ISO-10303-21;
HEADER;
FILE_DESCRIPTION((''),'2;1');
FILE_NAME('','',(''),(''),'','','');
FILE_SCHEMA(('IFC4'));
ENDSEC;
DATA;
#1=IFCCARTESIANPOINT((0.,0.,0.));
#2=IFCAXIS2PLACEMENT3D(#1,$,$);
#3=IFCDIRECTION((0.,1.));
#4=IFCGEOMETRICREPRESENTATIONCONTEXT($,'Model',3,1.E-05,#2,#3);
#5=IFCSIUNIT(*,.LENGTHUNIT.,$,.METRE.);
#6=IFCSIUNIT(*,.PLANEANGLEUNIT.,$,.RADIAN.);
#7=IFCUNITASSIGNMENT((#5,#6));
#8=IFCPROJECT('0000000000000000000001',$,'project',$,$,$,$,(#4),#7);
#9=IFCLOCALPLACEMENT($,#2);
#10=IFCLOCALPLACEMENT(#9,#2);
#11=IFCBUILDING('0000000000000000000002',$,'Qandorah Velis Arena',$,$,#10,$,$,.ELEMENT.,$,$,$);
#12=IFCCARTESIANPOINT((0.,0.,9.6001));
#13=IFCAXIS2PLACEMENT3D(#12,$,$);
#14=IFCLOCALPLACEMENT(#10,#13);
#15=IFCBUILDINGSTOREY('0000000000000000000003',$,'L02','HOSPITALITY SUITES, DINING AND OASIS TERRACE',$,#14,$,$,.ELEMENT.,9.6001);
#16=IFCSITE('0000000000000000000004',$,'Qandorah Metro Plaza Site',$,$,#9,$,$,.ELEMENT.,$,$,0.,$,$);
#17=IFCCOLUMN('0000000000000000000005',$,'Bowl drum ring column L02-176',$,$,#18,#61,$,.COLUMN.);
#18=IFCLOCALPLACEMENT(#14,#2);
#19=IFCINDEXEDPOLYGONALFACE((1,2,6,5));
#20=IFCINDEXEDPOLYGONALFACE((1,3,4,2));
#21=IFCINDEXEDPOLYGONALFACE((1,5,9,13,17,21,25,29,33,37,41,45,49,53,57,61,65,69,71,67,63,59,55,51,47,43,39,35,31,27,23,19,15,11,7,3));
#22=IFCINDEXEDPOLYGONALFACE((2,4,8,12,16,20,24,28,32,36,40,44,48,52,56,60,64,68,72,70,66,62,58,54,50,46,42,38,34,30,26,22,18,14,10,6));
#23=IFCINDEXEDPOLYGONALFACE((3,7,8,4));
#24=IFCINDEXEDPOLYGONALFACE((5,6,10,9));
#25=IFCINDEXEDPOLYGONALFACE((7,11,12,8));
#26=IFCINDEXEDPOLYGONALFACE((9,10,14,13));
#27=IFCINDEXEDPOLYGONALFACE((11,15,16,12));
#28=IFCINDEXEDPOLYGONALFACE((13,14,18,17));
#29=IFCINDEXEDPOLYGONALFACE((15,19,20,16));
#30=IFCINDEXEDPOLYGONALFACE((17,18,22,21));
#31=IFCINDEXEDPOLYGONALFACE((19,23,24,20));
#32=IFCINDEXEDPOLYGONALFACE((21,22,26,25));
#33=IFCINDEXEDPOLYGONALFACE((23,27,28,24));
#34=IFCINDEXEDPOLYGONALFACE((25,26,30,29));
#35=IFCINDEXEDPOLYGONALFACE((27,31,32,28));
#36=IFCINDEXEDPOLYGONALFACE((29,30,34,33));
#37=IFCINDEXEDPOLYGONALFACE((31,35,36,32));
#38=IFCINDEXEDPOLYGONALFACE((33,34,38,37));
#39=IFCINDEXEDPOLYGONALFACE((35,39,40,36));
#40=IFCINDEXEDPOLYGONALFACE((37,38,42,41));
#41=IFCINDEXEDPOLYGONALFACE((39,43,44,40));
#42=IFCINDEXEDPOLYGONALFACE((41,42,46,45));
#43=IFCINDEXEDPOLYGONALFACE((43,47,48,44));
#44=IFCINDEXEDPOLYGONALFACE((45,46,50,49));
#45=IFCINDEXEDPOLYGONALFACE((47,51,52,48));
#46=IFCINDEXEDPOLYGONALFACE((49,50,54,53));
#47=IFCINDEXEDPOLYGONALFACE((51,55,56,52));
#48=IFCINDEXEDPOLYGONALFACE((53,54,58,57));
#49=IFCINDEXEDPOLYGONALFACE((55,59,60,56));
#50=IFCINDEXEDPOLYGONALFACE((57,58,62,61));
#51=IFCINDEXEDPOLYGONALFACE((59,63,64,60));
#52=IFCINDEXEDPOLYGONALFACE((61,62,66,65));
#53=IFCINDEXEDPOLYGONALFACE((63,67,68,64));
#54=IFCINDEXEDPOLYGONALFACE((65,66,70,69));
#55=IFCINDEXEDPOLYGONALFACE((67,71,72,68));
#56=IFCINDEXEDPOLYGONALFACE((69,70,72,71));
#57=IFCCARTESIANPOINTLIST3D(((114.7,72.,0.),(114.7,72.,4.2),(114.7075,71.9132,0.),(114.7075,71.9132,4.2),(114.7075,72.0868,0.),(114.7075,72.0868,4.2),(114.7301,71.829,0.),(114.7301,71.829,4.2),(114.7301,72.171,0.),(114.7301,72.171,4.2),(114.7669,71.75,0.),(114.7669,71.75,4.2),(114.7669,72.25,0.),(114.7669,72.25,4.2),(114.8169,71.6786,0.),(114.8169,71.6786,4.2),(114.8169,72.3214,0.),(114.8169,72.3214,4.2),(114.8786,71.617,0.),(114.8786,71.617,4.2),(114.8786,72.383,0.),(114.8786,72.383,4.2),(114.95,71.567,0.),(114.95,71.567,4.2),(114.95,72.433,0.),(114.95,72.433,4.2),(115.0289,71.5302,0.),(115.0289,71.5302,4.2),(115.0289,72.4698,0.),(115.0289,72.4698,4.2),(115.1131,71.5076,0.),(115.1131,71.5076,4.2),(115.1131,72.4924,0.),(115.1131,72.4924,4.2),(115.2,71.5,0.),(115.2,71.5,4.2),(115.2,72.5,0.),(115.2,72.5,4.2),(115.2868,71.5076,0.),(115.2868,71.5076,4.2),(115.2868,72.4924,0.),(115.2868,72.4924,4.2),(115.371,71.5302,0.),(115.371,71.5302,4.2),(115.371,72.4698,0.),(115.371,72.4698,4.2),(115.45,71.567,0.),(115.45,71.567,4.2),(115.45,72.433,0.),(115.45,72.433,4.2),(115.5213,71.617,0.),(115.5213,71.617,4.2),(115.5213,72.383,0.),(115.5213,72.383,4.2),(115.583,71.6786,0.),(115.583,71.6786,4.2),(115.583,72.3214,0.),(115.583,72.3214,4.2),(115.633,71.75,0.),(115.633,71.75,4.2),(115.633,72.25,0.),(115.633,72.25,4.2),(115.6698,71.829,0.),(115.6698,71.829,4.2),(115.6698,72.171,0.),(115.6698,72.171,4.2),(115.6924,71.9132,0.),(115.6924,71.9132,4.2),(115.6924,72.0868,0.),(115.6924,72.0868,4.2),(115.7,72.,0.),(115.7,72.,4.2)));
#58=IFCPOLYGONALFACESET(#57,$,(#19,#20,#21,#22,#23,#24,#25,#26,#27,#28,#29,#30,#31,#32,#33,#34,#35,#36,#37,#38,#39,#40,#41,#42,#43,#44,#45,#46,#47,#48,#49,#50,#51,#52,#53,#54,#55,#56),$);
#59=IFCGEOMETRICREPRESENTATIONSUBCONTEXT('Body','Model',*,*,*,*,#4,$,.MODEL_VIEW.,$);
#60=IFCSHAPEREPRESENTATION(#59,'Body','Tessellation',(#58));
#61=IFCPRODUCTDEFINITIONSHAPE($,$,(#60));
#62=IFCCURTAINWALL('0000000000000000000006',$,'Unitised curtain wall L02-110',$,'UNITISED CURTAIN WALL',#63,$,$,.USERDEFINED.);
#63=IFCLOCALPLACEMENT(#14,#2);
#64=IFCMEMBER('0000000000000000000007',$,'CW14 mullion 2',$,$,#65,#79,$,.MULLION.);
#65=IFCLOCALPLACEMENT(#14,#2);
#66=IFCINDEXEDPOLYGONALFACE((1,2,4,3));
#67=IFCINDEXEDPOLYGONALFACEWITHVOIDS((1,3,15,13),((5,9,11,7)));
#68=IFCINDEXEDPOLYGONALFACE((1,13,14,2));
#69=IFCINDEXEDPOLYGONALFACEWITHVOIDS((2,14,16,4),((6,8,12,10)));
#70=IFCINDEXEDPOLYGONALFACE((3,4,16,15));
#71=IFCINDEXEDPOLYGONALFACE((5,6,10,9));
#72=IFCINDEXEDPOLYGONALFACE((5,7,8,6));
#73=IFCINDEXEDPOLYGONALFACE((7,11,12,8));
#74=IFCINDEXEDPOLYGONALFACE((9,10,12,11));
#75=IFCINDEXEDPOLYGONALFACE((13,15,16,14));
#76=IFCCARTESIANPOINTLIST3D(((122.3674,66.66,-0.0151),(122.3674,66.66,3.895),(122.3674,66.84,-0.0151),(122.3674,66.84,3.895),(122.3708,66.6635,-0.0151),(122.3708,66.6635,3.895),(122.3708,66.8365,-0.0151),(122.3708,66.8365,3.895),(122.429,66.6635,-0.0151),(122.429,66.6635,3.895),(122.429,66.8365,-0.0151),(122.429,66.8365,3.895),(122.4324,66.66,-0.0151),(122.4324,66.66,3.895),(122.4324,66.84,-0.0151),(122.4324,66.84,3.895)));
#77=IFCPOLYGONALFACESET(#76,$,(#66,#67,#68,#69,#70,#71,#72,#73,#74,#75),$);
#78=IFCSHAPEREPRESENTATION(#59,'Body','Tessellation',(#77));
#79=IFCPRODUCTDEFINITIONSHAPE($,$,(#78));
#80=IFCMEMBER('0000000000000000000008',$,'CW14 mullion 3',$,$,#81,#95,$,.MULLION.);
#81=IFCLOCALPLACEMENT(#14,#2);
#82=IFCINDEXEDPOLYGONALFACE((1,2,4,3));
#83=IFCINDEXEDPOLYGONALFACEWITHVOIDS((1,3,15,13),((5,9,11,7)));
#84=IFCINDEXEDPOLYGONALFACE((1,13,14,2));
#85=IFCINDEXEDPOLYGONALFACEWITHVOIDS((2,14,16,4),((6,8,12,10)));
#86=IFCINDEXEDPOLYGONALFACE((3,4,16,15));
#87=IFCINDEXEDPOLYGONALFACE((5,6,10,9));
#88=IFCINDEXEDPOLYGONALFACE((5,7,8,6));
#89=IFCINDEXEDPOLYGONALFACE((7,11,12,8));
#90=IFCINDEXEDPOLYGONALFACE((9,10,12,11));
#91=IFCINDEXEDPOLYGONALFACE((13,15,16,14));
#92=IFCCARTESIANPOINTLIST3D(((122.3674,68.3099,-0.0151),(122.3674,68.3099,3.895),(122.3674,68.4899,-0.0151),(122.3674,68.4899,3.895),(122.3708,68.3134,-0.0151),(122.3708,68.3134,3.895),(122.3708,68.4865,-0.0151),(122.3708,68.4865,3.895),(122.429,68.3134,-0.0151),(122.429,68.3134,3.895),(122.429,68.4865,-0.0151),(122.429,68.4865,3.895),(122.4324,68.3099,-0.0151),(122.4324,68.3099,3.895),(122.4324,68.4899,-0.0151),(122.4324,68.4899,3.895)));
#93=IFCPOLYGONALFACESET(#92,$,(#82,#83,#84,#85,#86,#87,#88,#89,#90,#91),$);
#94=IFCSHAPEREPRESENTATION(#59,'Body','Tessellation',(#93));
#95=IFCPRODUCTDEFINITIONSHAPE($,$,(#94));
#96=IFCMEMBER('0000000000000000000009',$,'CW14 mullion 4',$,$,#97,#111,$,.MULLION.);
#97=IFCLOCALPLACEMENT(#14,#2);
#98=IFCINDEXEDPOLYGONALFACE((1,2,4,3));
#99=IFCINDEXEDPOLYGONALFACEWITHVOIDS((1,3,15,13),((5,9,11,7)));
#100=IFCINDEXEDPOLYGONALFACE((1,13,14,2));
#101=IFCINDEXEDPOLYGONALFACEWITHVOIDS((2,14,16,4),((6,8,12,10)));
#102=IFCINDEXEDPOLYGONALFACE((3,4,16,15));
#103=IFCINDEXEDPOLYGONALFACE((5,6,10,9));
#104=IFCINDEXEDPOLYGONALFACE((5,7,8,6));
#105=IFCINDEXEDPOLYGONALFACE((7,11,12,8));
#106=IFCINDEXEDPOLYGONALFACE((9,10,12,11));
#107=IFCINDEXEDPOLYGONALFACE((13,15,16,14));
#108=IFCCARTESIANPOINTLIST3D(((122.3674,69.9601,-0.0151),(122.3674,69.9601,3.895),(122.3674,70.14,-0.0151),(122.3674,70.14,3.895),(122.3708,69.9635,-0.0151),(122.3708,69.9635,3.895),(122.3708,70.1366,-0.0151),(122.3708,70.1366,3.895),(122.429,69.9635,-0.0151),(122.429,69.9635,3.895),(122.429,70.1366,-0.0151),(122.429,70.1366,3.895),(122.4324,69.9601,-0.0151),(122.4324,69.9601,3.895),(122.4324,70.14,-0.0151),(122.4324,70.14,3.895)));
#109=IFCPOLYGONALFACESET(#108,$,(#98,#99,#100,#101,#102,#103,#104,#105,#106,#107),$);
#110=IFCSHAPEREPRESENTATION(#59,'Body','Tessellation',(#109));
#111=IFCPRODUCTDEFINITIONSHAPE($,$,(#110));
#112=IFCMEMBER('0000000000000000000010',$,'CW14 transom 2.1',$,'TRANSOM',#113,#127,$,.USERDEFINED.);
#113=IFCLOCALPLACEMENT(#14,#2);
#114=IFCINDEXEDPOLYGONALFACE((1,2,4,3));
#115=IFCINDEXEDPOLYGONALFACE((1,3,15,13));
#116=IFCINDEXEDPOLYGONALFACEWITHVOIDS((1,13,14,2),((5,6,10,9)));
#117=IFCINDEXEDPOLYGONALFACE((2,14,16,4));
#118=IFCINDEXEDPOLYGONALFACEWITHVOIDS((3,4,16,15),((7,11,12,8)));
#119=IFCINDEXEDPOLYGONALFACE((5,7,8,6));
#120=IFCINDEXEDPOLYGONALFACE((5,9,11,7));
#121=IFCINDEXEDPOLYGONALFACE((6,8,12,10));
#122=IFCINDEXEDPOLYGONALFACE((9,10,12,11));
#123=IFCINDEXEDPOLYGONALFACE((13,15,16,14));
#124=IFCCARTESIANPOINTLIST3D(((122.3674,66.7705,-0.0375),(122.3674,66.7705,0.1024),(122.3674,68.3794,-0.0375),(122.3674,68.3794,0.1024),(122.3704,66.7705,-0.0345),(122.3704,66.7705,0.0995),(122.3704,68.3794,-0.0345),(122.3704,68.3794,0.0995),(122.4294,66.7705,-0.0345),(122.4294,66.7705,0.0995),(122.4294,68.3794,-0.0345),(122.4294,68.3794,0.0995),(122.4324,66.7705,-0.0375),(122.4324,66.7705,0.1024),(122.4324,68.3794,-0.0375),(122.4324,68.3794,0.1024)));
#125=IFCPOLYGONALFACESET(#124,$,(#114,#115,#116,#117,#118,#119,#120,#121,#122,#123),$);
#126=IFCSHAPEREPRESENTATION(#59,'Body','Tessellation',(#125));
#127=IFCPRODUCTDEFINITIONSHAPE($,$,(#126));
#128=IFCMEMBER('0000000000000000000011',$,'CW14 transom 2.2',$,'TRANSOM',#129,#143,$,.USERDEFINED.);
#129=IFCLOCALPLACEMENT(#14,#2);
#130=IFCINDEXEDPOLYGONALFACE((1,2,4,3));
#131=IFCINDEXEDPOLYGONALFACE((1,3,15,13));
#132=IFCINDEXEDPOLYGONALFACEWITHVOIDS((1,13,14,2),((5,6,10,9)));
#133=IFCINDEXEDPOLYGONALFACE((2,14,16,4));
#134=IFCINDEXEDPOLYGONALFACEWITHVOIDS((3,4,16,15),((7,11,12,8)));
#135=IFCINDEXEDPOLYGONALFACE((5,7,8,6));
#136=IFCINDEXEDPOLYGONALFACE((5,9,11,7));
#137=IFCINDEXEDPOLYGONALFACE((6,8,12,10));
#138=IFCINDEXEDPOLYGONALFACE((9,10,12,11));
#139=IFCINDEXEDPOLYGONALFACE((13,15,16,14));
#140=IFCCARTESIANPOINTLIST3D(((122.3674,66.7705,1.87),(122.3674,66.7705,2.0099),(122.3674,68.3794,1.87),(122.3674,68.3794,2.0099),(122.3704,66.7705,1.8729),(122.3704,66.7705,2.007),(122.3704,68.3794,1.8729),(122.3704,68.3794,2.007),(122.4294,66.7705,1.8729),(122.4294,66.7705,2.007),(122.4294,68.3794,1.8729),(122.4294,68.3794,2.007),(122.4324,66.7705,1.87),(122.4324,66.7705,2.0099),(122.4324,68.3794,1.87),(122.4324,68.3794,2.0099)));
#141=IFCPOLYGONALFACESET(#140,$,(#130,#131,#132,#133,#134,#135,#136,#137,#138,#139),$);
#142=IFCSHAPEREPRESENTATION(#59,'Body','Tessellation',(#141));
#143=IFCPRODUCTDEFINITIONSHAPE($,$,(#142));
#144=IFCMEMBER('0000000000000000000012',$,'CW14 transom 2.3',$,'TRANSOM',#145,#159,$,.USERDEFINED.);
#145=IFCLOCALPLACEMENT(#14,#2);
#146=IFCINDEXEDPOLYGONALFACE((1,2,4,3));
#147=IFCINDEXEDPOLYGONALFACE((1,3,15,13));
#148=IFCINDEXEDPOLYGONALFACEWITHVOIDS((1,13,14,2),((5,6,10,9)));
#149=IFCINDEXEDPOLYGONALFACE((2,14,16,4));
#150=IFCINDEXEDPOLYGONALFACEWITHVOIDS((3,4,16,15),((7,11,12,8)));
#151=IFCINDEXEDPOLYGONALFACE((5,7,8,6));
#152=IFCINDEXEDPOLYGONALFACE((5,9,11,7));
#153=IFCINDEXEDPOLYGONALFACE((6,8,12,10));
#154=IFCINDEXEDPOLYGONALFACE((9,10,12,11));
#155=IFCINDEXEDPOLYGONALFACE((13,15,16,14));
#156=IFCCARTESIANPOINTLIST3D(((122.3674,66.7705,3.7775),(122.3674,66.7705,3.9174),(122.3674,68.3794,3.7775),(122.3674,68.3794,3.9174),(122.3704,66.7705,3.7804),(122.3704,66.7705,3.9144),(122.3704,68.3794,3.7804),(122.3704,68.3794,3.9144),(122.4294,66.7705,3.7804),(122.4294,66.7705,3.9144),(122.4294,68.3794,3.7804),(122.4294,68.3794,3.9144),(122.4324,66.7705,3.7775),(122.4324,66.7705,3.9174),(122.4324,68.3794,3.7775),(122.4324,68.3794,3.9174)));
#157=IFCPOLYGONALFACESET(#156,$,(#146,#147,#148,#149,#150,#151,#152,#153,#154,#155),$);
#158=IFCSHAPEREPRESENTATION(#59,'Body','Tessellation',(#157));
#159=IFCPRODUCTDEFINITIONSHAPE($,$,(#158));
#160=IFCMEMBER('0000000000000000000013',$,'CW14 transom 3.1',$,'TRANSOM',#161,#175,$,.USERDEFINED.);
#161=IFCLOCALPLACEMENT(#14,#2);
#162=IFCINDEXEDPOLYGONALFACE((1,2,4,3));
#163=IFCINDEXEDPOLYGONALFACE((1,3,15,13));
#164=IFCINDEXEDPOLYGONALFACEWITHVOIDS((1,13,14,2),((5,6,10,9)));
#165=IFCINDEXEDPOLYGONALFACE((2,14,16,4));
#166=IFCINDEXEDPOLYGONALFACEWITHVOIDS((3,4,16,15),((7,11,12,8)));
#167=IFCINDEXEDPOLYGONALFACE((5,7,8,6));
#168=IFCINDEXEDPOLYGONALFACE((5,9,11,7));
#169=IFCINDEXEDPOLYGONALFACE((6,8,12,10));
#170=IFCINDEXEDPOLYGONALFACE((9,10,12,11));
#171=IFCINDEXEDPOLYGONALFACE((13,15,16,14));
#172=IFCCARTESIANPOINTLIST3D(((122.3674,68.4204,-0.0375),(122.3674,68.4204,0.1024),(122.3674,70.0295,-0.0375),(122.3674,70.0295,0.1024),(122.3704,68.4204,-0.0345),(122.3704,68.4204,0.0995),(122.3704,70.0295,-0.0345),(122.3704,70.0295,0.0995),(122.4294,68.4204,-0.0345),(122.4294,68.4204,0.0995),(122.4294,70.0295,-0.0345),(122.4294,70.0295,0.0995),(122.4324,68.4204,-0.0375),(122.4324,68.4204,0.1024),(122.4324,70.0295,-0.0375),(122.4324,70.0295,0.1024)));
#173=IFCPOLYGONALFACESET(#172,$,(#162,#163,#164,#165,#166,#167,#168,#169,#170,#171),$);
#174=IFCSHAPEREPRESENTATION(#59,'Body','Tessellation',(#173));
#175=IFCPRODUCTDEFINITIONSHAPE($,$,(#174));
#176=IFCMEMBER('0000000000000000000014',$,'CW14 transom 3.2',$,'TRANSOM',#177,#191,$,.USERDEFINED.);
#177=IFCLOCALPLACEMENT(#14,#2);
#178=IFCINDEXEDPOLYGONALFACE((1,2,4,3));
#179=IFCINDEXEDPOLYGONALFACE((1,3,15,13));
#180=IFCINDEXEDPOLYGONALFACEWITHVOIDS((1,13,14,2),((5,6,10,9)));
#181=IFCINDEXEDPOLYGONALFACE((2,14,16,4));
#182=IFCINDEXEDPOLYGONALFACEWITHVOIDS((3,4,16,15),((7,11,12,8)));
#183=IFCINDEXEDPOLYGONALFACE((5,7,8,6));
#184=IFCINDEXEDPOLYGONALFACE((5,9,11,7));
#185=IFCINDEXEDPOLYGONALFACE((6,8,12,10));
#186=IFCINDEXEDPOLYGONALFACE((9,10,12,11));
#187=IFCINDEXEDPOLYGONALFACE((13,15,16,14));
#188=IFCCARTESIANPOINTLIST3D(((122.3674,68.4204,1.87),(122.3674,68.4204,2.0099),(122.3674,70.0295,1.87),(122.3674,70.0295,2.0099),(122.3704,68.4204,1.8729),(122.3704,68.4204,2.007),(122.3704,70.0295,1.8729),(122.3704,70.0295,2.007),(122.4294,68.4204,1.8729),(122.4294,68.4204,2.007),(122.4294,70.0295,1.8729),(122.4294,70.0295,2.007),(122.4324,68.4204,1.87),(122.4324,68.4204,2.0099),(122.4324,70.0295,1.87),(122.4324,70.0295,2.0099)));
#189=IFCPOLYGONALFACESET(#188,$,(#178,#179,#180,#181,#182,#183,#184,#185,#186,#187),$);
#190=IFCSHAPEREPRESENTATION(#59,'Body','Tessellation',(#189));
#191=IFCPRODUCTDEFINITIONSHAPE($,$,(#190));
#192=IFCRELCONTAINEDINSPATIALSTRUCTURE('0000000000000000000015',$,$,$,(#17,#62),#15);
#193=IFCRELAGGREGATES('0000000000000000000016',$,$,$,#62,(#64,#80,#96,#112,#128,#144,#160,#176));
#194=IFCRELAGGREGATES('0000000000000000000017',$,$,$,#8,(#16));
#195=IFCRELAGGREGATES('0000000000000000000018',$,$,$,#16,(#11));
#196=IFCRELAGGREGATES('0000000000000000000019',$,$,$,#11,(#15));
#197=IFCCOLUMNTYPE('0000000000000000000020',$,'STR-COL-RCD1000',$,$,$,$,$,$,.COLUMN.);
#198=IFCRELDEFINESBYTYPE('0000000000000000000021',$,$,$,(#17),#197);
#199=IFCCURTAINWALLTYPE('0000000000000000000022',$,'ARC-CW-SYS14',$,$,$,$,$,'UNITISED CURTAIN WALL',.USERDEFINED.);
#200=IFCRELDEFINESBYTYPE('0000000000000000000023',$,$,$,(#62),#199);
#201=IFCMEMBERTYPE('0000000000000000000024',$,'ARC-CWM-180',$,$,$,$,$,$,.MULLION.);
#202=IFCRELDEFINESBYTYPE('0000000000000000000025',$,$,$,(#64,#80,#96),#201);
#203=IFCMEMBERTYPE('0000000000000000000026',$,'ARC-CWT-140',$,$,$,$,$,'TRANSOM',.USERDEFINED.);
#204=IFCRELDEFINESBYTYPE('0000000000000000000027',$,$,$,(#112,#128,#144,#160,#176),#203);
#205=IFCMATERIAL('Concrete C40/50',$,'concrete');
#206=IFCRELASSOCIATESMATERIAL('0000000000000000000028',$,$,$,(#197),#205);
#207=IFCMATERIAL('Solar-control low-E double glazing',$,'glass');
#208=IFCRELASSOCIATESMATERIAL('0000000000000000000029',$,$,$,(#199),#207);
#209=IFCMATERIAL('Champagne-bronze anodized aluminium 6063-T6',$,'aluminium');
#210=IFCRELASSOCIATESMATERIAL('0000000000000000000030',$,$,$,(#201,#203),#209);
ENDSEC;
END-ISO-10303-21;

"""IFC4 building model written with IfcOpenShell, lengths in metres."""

from ifc_helpers import new_model, si_unit, direction, frame, origin, origin_2d, place, context, subcontext, project, spatial, hollow_rectangle, circle, extrude, material, material_profile, profile_set, type_object, element, aggregate, save


model = new_model("IFC4")

# Units and contexts
model_context = context("Model", 3, precision=1e-05, world=origin(), true_north=direction((0.0, 1.0)))
body_context = subcontext(model_context, "Body", "Model", "MODEL_VIEW")
ifc_project = project(units=[si_unit("LENGTHUNIT", "METRE"), si_unit("PLANEANGLEUNIT", "RADIAN")], contexts=[model_context])

# Site, building, storey
site_placement = place(None, origin())
site = spatial("IfcSite", under=ifc_project, at=site_placement, Name="Qandorah Metro Plaza Site", CompositionType="ELEMENT", RefElevation=0.0)
building_placement = place(site_placement, origin())
building = spatial("IfcBuilding", under=site, at=building_placement, Name="Qandorah Velis Arena", CompositionType="ELEMENT")
storey_placement = place(building_placement, frame((0.0, 0.0, 9.6001)))
storey = spatial("IfcBuildingStorey", under=building, at=storey_placement, Name="L02", Description="HOSPITALITY SUITES, DINING AND OASIS TERRACE", CompositionType="ELEMENT", Elevation=9.6001)

# Column
ifc_material_1 = material(Name="Concrete C40/50", Category="concrete")
ifc_material_profile_1 = material_profile(ifc_material_1, circle(Radius=0.5, at=origin_2d()), Name="RC D1000")
ifc_profile_set_1 = profile_set([ifc_material_profile_1], Name="Concrete C40/50")
column_type = type_object("IfcColumnType", Name="STR-COL-RCD1000", PredefinedType="COLUMN", material=ifc_profile_set_1)
column_placement = place(storey_placement, frame((115.2, 72.0, 0.0), z_axis=(0.0, 0.0, 1.0), x_axis=(1.0, 0.0, 0.0)))
element("IfcColumn", 1, at=column_placement, inside=storey, type_object=column_type, Name="Bowl drum ring column L02-176", PredefinedType="COLUMN", context=body_context, shape_type="SweptSolid", body=[
    extrude(circle(Radius=0.5, at=origin_2d()), origin(), (0.0, 0.0, 1.0), 4.2),
])

# Curtain wall, members
ifc_material_2 = material(Name="Solar-control low-E double glazing", Category="glass")
curtain_wall_type = type_object("IfcCurtainWallType", Name="ARC-CW-SYS14", ElementType="UNITISED CURTAIN WALL", PredefinedType="USERDEFINED", material=ifc_material_2)
curtain_wall_placement = place(storey_placement, origin())
curtain_wall = element("IfcCurtainWall", 2, at=curtain_wall_placement, inside=storey, type_object=curtain_wall_type, Name="Unitised curtain wall L02-110", ObjectType="UNITISED CURTAIN WALL", PredefinedType="USERDEFINED")
ifc_material_3 = material(Name="Champagne-bronze anodized aluminium 6063-T6", Category="aluminium")
ifc_material_profile_2 = material_profile(ifc_material_3, hollow_rectangle(XDim=0.0649, YDim=0.1799, WallThickness=0.0034, at=origin_2d()), Name="ALU MULLION 65x180")
ifc_profile_set_2 = profile_set([ifc_material_profile_2], Name="Champagne-bronze anodized aluminium 6063-T6")
member_type_1 = type_object("IfcMemberType", Name="ARC-CWM-180", PredefinedType="MULLION", material=ifc_profile_set_2)
member_1_placement = place(storey_placement, frame((122.3999, 66.75, -0.0151), z_axis=(0.0, 0.0, 1.0), x_axis=(-1.0, 0.0, 0.0)))
member_1 = element("IfcMember", 3, at=member_1_placement, type_object=member_type_1, Name="CW14 mullion 2", PredefinedType="MULLION", context=body_context, shape_type="SweptSolid", body=[
    extrude(hollow_rectangle(XDim=0.0649, YDim=0.1799, WallThickness=0.0034, at=origin_2d()), origin(), (0.0, 0.0, 1.0), 3.9102),
])
member_2_placement = place(storey_placement, frame((122.3999, 68.3999, -0.0151), z_axis=(0.0, 0.0, 1.0), x_axis=(-1.0, 0.0, 0.0)))
member_2 = element("IfcMember", 4, at=member_2_placement, type_object=member_type_1, Name="CW14 mullion 3", PredefinedType="MULLION", context=body_context, shape_type="SweptSolid", body=[
    extrude(hollow_rectangle(XDim=0.0649, YDim=0.1799, WallThickness=0.0034, at=origin_2d()), origin(), (0.0, 0.0, 1.0), 3.9102),
])
member_3_placement = place(storey_placement, frame((122.3999, 70.05, -0.0151), z_axis=(0.0, 0.0, 1.0), x_axis=(-1.0, 0.0, 0.0)))
member_3 = element("IfcMember", 5, at=member_3_placement, type_object=member_type_1, Name="CW14 mullion 4", PredefinedType="MULLION", context=body_context, shape_type="SweptSolid", body=[
    extrude(hollow_rectangle(XDim=0.0649, YDim=0.1799, WallThickness=0.0034, at=origin_2d()), origin(), (0.0, 0.0, 1.0), 3.9102),
])
ifc_material_profile_3 = material_profile(ifc_material_3, hollow_rectangle(XDim=0.0649, YDim=0.1399, WallThickness=0.0029, at=origin_2d()), Name="ALU TRANSOM 65x140")
ifc_profile_set_3 = profile_set([ifc_material_profile_3], Name="Champagne-bronze anodized aluminium 6063-T6")
member_type_2 = type_object("IfcMemberType", Name="ARC-CWT-140", ElementType="TRANSOM", PredefinedType="USERDEFINED", material=ifc_profile_set_3)
member_4_placement = place(storey_placement, frame((122.3999, 66.7705, 0.0325), z_axis=(0.0, 1.0, 0.0), x_axis=(-1.0, 0.0, 0.0)))
member_4 = element("IfcMember", 6, at=member_4_placement, type_object=member_type_2, Name="CW14 transom 2.1", ObjectType="TRANSOM", PredefinedType="USERDEFINED", context=body_context, shape_type="SweptSolid", body=[
    extrude(hollow_rectangle(XDim=0.0649, YDim=0.1399, WallThickness=0.0029, at=origin_2d()), origin(), (0.0, 0.0, 1.0), 1.6089),
])
member_5_placement = place(storey_placement, frame((122.3999, 66.7705, 1.9399), z_axis=(0.0, 1.0, 0.0), x_axis=(-1.0, 0.0, 0.0)))
member_5 = element("IfcMember", 7, at=member_5_placement, type_object=member_type_2, Name="CW14 transom 2.2", ObjectType="TRANSOM", PredefinedType="USERDEFINED", context=body_context, shape_type="SweptSolid", body=[
    extrude(hollow_rectangle(XDim=0.0649, YDim=0.1399, WallThickness=0.0029, at=origin_2d()), origin(), (0.0, 0.0, 1.0), 1.6089),
])
member_6_placement = place(storey_placement, frame((122.3999, 66.7705, 3.8474), z_axis=(0.0, 1.0, 0.0), x_axis=(-1.0, 0.0, 0.0)))
member_6 = element("IfcMember", 8, at=member_6_placement, type_object=member_type_2, Name="CW14 transom 2.3", ObjectType="TRANSOM", PredefinedType="USERDEFINED", context=body_context, shape_type="SweptSolid", body=[
    extrude(hollow_rectangle(XDim=0.0649, YDim=0.1399, WallThickness=0.0029, at=origin_2d()), origin(), (0.0, 0.0, 1.0), 1.6089),
])
member_7_placement = place(storey_placement, frame((122.3999, 68.4204, 0.0325), z_axis=(0.0, 1.0, 0.0), x_axis=(-1.0, 0.0, 0.0)))
member_7 = element("IfcMember", 9, at=member_7_placement, type_object=member_type_2, Name="CW14 transom 3.1", ObjectType="TRANSOM", PredefinedType="USERDEFINED", context=body_context, shape_type="SweptSolid", body=[
    extrude(hollow_rectangle(XDim=0.0649, YDim=0.1399, WallThickness=0.0029, at=origin_2d()), origin(), (0.0, 0.0, 1.0), 1.6091),
])
member_8_placement = place(storey_placement, frame((122.3999, 68.4204, 1.9399), z_axis=(0.0, 1.0, 0.0), x_axis=(-1.0, 0.0, 0.0)))
member_8 = element("IfcMember", 10, at=member_8_placement, type_object=member_type_2, Name="CW14 transom 3.2", ObjectType="TRANSOM", PredefinedType="USERDEFINED", context=body_context, shape_type="SweptSolid", body=[
    extrude(hollow_rectangle(XDim=0.0649, YDim=0.1399, WallThickness=0.0029, at=origin_2d()), origin(), (0.0, 0.0, 1.0), 1.6091),
])
aggregate(curtain_wall, [member_1, member_2, member_3, member_4, member_5, member_6, member_7, member_8])

save(model, "model.ifc")
